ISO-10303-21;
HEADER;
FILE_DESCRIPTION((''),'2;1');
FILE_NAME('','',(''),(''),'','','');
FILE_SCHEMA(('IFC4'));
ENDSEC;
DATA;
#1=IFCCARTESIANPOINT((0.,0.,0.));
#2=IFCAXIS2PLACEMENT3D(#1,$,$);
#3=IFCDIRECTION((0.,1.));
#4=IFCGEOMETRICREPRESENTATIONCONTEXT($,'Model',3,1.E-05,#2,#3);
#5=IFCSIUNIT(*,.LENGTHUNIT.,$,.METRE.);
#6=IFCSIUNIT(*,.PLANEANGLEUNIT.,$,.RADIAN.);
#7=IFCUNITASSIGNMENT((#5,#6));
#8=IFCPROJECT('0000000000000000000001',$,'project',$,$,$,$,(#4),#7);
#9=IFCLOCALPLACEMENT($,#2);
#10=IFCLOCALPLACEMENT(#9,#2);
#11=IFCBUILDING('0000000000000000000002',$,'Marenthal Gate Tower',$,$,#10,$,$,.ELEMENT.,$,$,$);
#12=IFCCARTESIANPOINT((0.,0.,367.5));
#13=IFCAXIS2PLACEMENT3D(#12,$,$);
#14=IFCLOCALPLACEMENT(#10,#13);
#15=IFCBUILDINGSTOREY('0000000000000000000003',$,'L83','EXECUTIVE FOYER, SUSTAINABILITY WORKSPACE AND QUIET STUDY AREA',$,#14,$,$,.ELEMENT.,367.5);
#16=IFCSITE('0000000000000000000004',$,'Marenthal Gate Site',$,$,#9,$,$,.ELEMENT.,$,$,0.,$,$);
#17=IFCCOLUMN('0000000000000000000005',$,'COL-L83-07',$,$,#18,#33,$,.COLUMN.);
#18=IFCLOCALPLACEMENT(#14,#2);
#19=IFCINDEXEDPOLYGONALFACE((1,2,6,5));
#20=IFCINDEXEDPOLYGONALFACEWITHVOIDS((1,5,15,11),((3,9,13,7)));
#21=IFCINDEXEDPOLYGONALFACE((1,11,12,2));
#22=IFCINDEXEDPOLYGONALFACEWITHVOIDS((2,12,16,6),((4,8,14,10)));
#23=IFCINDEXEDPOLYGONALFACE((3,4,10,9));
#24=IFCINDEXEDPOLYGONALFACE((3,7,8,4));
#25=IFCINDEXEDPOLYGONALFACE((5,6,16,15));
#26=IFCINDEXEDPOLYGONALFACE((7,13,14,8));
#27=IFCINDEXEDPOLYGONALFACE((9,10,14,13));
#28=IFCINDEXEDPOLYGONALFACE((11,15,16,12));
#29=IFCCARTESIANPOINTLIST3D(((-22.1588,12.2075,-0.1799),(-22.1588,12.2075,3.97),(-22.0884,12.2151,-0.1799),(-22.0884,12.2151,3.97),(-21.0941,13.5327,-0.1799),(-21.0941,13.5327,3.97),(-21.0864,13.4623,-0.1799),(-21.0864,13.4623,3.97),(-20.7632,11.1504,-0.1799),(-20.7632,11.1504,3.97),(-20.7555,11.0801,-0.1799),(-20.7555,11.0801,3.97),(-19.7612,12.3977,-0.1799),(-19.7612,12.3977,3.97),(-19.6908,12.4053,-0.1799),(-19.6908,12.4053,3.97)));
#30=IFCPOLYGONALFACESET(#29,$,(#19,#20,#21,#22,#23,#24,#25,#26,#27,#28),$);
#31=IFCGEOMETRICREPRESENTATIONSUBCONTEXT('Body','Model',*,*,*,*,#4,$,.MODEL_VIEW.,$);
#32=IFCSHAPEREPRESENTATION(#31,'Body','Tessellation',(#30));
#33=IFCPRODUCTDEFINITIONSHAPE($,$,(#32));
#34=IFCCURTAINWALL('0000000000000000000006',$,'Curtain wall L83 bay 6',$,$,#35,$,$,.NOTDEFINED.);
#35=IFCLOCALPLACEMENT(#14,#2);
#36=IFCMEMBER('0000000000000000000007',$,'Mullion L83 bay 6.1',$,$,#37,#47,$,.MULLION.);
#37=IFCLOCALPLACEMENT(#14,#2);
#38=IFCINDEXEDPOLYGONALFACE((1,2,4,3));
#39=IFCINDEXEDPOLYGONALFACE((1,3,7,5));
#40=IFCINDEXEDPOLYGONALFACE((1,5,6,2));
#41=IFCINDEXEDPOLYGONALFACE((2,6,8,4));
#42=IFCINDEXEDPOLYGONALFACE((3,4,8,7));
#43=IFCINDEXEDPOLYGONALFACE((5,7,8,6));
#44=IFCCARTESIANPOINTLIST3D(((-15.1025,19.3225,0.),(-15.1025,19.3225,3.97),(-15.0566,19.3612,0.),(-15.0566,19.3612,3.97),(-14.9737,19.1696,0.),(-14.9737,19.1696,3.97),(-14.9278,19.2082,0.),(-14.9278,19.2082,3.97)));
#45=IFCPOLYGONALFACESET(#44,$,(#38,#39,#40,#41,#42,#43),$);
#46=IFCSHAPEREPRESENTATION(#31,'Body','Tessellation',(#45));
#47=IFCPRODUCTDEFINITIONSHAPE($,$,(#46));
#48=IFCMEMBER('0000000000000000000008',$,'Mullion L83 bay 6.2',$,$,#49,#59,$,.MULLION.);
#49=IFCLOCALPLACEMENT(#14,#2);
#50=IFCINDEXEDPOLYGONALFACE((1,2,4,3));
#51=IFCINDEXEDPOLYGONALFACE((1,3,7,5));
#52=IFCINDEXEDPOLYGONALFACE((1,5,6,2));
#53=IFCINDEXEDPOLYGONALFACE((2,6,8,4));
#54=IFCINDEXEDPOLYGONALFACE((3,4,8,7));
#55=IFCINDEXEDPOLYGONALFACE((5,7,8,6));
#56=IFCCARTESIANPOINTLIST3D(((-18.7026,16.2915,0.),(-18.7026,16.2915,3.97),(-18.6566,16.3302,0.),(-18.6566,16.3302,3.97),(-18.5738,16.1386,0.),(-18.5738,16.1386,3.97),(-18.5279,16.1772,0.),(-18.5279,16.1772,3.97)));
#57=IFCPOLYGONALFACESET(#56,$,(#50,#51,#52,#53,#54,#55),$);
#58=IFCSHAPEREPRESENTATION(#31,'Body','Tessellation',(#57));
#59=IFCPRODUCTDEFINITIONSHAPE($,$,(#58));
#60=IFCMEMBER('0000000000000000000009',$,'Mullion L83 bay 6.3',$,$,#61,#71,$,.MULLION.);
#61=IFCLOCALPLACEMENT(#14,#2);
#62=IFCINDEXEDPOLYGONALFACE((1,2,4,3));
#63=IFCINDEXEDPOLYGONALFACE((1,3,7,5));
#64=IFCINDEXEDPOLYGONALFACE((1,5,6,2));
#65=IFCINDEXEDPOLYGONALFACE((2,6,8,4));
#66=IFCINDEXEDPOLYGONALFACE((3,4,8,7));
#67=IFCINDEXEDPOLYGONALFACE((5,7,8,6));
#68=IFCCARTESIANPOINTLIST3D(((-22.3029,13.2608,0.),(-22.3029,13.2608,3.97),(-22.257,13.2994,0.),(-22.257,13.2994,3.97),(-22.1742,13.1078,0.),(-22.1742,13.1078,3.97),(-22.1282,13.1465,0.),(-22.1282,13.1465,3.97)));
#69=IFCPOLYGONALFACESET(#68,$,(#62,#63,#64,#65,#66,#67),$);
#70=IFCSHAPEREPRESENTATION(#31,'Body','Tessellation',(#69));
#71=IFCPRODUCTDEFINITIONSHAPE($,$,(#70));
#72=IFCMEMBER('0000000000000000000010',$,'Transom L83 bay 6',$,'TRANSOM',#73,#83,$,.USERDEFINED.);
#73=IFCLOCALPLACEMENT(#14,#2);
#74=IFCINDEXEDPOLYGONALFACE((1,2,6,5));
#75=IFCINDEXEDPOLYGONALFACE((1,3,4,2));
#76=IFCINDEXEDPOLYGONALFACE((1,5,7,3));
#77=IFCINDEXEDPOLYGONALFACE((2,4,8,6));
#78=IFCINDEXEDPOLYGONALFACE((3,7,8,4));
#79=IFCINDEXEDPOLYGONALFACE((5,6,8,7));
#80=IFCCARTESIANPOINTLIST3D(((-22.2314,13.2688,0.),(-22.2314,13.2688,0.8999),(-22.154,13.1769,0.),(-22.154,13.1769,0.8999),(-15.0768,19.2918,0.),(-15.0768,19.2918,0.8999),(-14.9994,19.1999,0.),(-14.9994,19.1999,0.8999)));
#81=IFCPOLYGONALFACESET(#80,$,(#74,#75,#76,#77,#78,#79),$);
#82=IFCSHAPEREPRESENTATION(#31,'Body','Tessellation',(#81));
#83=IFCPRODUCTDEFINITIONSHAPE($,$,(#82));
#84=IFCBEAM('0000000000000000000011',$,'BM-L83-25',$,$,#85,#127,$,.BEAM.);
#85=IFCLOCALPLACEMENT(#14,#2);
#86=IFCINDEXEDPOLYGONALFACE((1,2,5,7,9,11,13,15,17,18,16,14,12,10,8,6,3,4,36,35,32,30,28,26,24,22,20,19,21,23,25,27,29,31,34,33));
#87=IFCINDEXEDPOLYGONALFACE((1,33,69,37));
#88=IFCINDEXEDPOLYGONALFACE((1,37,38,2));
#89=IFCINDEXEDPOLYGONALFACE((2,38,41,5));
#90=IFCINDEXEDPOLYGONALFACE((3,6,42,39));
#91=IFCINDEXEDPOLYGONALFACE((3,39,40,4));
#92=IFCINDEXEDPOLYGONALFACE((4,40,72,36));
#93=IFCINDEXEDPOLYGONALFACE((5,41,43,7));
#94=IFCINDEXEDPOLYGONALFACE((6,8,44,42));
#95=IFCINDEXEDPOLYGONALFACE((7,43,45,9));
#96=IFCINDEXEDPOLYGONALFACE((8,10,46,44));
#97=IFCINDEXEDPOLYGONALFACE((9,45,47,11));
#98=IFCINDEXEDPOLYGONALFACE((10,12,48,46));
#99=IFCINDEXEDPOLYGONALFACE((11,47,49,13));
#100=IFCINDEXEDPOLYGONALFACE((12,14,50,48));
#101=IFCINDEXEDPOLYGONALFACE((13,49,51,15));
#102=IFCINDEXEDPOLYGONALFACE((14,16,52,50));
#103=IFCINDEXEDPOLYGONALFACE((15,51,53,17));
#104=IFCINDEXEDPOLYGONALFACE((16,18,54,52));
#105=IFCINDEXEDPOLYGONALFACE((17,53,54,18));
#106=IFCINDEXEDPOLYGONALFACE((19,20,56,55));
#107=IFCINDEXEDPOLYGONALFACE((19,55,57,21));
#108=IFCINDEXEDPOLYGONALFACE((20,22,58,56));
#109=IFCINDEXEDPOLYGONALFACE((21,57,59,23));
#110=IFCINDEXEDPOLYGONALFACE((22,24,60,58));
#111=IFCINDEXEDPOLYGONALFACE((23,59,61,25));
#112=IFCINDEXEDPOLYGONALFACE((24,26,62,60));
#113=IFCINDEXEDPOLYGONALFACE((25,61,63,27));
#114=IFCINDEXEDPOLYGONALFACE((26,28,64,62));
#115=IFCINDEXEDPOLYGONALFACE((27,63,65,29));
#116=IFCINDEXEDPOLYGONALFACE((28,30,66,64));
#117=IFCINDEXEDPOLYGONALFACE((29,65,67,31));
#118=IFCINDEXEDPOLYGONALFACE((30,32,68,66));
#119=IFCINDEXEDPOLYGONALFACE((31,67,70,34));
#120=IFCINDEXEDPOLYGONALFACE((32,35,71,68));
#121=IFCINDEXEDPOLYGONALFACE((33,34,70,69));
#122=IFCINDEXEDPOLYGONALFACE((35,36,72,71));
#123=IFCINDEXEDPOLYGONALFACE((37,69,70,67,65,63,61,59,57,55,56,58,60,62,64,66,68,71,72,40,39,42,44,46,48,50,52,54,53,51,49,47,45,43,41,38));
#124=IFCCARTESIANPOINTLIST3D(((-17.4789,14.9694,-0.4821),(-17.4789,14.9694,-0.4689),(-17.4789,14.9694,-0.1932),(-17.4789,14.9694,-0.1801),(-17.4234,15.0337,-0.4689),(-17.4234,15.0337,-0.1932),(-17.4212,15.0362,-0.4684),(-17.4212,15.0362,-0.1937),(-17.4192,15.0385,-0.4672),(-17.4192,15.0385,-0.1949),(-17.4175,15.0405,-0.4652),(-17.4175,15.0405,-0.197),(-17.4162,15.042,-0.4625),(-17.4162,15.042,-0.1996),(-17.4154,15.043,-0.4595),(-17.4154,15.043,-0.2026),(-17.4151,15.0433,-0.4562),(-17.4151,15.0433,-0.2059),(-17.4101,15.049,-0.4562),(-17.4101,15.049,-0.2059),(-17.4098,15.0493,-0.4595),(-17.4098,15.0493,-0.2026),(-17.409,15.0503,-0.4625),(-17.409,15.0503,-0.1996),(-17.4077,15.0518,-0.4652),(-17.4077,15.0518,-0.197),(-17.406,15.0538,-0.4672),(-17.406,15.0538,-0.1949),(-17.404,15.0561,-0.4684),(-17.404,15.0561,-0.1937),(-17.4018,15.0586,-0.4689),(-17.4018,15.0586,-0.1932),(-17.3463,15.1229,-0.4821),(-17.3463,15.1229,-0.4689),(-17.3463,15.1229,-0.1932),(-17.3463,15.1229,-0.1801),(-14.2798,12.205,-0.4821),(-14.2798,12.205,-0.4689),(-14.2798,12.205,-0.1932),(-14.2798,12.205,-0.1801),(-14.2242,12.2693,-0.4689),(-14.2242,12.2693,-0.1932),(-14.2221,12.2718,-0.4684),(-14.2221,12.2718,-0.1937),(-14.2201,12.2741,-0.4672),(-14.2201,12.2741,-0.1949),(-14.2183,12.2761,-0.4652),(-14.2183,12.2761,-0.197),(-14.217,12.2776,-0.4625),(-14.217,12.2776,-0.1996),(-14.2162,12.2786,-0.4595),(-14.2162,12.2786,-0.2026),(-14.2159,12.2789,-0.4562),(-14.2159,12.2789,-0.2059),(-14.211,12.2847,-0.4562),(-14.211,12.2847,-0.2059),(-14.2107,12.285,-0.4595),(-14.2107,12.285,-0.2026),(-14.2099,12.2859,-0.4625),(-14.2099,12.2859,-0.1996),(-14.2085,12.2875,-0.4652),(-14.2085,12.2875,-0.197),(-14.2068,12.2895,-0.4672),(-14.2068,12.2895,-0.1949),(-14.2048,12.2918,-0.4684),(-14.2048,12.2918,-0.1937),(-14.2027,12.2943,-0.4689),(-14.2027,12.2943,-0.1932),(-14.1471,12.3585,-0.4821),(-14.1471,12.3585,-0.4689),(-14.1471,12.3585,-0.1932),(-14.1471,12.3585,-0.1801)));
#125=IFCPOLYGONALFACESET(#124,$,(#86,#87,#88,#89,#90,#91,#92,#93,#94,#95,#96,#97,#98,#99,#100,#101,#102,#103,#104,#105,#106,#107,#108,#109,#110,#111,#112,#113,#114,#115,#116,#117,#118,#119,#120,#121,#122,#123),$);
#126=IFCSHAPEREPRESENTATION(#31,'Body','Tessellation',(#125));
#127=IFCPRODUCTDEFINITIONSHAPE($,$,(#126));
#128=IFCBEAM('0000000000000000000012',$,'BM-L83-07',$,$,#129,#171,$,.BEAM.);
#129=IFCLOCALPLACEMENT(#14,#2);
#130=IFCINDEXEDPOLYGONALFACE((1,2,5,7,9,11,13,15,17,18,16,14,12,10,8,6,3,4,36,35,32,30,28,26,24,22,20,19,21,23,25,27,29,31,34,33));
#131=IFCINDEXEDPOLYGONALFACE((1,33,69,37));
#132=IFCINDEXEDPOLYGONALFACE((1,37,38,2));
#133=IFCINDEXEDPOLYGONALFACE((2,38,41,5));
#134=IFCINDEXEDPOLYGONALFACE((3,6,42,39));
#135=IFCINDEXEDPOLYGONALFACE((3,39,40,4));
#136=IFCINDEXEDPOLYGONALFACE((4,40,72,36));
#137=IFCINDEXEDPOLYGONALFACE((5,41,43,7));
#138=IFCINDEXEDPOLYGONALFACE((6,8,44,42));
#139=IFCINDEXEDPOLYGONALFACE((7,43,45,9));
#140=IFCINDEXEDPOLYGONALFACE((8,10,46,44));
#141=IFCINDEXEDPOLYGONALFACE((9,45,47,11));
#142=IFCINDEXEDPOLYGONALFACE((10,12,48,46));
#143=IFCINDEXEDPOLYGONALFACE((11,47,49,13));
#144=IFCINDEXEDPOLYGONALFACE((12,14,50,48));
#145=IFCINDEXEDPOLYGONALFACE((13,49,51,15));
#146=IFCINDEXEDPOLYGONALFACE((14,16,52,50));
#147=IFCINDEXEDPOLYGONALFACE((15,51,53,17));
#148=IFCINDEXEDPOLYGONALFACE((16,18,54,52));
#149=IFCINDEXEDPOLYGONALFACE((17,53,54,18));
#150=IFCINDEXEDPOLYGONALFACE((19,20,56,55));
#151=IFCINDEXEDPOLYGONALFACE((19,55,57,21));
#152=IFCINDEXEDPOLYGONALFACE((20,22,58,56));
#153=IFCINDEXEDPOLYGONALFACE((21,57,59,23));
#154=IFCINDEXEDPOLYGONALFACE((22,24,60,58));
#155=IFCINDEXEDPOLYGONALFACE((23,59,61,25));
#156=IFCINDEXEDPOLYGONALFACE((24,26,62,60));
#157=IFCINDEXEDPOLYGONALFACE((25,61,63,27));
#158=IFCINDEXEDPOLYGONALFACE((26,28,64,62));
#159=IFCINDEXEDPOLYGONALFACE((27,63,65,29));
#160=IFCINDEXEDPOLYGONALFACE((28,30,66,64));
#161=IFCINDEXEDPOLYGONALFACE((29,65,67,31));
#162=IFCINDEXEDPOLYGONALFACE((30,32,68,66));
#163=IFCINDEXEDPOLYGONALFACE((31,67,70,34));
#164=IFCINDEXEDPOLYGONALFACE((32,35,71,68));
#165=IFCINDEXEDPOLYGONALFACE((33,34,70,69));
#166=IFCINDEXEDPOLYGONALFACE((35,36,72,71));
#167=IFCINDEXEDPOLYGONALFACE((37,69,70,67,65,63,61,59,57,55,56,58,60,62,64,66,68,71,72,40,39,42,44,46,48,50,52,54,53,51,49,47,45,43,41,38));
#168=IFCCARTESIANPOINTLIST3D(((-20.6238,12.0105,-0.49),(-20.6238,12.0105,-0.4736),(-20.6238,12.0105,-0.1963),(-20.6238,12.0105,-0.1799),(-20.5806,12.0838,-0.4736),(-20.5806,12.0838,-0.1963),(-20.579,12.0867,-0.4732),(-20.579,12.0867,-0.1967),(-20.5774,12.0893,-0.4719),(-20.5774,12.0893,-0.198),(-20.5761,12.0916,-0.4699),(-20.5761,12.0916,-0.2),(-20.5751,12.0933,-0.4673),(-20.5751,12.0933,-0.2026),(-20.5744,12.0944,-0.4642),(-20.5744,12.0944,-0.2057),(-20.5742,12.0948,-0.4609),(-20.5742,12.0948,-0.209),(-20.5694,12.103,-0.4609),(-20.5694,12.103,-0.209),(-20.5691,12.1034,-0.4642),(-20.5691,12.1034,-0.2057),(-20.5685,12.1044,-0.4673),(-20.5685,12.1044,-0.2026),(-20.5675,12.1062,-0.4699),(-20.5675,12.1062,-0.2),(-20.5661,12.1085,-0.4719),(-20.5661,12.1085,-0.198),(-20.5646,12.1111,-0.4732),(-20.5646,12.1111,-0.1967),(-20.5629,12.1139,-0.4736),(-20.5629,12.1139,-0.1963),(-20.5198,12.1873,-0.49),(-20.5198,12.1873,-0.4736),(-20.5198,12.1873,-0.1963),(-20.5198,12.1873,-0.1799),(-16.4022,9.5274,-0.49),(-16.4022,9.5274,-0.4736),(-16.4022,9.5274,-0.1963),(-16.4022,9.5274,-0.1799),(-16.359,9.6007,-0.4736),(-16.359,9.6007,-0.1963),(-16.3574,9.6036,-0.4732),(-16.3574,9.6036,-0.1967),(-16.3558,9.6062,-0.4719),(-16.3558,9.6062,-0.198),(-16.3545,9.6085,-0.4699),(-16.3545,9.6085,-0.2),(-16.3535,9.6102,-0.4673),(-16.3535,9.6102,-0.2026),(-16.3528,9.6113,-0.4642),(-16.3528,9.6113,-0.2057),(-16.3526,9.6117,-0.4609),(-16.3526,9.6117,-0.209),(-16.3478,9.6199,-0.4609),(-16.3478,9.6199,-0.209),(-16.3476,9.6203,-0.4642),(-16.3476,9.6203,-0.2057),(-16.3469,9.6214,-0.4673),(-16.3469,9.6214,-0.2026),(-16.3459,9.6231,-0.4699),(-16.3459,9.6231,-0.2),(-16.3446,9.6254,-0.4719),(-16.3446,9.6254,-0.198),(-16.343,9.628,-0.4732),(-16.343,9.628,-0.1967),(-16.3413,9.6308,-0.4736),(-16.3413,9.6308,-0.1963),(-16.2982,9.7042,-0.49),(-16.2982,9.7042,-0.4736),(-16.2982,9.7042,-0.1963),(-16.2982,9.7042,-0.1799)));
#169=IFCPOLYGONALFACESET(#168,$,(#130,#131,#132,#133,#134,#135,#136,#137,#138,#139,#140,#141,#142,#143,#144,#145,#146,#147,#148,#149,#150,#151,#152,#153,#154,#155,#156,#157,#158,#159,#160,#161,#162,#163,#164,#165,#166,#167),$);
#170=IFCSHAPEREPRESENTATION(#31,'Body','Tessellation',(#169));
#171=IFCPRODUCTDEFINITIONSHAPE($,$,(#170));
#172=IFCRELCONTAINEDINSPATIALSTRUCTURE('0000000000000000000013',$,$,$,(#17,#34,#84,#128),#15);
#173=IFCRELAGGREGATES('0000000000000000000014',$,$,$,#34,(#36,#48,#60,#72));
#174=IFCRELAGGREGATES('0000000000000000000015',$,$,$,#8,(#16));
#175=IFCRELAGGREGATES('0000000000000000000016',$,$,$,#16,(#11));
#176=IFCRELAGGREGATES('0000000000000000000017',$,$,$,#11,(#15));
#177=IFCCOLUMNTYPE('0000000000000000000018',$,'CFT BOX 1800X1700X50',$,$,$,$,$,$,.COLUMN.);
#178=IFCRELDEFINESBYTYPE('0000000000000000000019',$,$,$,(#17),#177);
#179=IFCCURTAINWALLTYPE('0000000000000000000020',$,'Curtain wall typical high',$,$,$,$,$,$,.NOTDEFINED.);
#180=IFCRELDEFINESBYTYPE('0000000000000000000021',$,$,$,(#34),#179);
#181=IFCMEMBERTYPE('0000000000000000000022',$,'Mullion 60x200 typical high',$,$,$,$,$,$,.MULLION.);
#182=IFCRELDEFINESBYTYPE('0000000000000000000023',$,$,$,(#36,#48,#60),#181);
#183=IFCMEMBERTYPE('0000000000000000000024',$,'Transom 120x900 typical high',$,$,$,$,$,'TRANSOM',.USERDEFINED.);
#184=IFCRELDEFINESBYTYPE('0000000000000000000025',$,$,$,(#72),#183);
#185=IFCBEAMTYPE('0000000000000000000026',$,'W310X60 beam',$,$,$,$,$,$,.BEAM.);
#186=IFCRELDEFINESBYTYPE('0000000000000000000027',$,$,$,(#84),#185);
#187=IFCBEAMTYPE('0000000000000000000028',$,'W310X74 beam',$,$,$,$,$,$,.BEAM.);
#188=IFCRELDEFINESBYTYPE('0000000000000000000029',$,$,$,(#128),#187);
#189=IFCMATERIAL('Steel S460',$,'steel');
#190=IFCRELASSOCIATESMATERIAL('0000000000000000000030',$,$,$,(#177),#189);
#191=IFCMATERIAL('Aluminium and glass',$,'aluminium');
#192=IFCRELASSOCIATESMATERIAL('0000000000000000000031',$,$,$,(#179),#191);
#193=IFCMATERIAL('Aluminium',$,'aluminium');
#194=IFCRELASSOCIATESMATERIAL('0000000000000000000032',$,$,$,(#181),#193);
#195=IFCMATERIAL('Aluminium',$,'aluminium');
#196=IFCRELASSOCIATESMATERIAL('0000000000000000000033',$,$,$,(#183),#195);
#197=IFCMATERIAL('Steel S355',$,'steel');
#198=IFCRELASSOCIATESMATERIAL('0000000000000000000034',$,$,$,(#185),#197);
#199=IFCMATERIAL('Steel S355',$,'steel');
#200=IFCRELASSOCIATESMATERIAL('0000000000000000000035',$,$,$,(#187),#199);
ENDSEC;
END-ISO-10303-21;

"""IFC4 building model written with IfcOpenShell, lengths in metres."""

from ifc_helpers import new_model, si_unit, direction, frame, origin, origin_2d, place, context, subcontext, project, spatial, rectangle, hollow_rectangle, i_section, extrude, material, material_profile, profile_set, type_object, element, aggregate, save


model = new_model("IFC4")

# Units and contexts
model_context = context("Model", 3, precision=1e-05, world=origin(), true_north=direction((0.0, 1.0)))
body_context = subcontext(model_context, "Body", "Model", "MODEL_VIEW")
ifc_project = project(units=[si_unit("LENGTHUNIT", "METRE"), si_unit("PLANEANGLEUNIT", "RADIAN")], contexts=[model_context])

# Site, building, storey
site_placement = place(None, origin())
site = spatial("IfcSite", under=ifc_project, at=site_placement, Name="Marenthal Gate Site", CompositionType="ELEMENT", RefElevation=0.0)
building_placement = place(site_placement, origin())
building = spatial("IfcBuilding", under=site, at=building_placement, Name="Marenthal Gate Tower", CompositionType="ELEMENT")
storey_placement = place(building_placement, frame((0.0, 0.0, 367.5)))
storey = spatial("IfcBuildingStorey", under=building, at=storey_placement, Name="L83", Description="EXECUTIVE FOYER, SUSTAINABILITY WORKSPACE AND QUIET STUDY AREA", CompositionType="ELEMENT", Elevation=367.5)

# Column
ifc_material_1 = material(Name="Steel S460", Category="steel")
ifc_material_profile_1 = material_profile(ifc_material_1, hollow_rectangle(XDim=1.7, YDim=1.8, WallThickness=0.05, at=origin_2d()), Name="CFT BOX 1800X1700X50")
ifc_material_2 = material(Name="Concrete 70 MPa", Category="concrete")
ifc_material_profile_2 = material_profile(ifc_material_2, rectangle(XDim=1.6001, YDim=1.7, at=origin_2d()), Name="CFT BOX 1800X1700X50 INFILL")
ifc_profile_set_1 = profile_set([ifc_material_profile_1, ifc_material_profile_2], Name="Steel S460 shell, Concrete 70 MPa infill")
column_type = type_object("IfcColumnType", Name="CFT BOX 1800X1700X50", PredefinedType="COLUMN", material=ifc_profile_set_1)
column_placement = place(storey_placement, frame((-20.9248, 12.3064, -0.1799), z_axis=(0.0, 0.0, 1.0), x_axis=(0.626296, 0.779585, 0.0)))
element("IfcColumn", 1, at=column_placement, inside=storey, type_object=column_type, Name="COL-L83-07", PredefinedType="COLUMN", context=body_context, shape_type="SweptSolid", body=[
    extrude(hollow_rectangle(XDim=1.7, YDim=1.8, WallThickness=0.05, at=origin_2d()), origin(), (0.0, 0.0, 1.0), 4.1499),
])

# Curtain wall, members
ifc_material_3 = material(Name="Aluminium and glass", Category="aluminium")
curtain_wall_type = type_object("IfcCurtainWallType", Name="Curtain wall typical high", PredefinedType="NOTDEFINED", material=ifc_material_3)
curtain_wall_placement = place(storey_placement, origin())
curtain_wall = element("IfcCurtainWall", 2, at=curtain_wall_placement, inside=storey, type_object=curtain_wall_type, Name="Curtain wall L83 bay 6", PredefinedType="NOTDEFINED")
ifc_material_4 = material(Name="Aluminium", Category="aluminium")
ifc_material_profile_3 = material_profile(ifc_material_4, rectangle(XDim=0.2, YDim=0.0601, at=origin_2d()), Name="60x200 aluminium mullion")
ifc_profile_set_2 = profile_set([ifc_material_profile_3], Name="Aluminium")
member_type_1 = type_object("IfcMemberType", Name="Mullion 60x200 typical high", PredefinedType="MULLION", material=ifc_profile_set_2)
member_1_placement = place(storey_placement, frame((-15.0151, 19.2654, 0.0), z_axis=(0.0, 0.0, 1.0), x_axis=(0.644023, -0.765006, 0.0)))
member_1 = element("IfcMember", 3, at=member_1_placement, type_object=member_type_1, Name="Mullion L83 bay 6.1", PredefinedType="MULLION", context=body_context, shape_type="SweptSolid", body=[
    extrude(rectangle(XDim=0.2, YDim=0.0601, at=origin_2d()), origin(), (0.0, 0.0, 1.0), 3.97),
])
member_2_placement = place(storey_placement, frame((-18.6152, 16.2344, 0.0), z_axis=(0.0, 0.0, 1.0), x_axis=(0.644023, -0.765006, 0.0)))
member_2 = element("IfcMember", 4, at=member_2_placement, type_object=member_type_1, Name="Mullion L83 bay 6.2", PredefinedType="MULLION", context=body_context, shape_type="SweptSolid", body=[
    extrude(rectangle(XDim=0.2, YDim=0.0601, at=origin_2d()), origin(), (0.0, 0.0, 1.0), 3.97),
])
member_3_placement = place(storey_placement, frame((-22.2156, 13.2036, 0.0), z_axis=(0.0, 0.0, 1.0), x_axis=(0.644023, -0.765006, 0.0)))
member_3 = element("IfcMember", 5, at=member_3_placement, type_object=member_type_1, Name="Mullion L83 bay 6.3", PredefinedType="MULLION", context=body_context, shape_type="SweptSolid", body=[
    extrude(rectangle(XDim=0.2, YDim=0.0601, at=origin_2d()), origin(), (0.0, 0.0, 1.0), 3.97),
])
ifc_material_5 = material(Name="Aluminium", Category="aluminium")
ifc_material_profile_4 = material_profile(ifc_material_5, rectangle(XDim=0.1201, YDim=0.8999, at=origin_2d()), Name="120x900 aluminium transom")
ifc_profile_set_3 = profile_set([ifc_material_profile_4], Name="Aluminium")
member_type_2 = type_object("IfcMemberType", Name="Transom 120x900 typical high", ElementType="TRANSOM", PredefinedType="USERDEFINED", material=ifc_profile_set_3)
member_4_placement = place(storey_placement, frame((-15.0381, 19.2458, 0.45), z_axis=(-0.765013, -0.644015, 0.0), x_axis=(0.644015, -0.765013, 0.0)))
member_4 = element("IfcMember", 6, at=member_4_placement, type_object=member_type_2, Name="Transom L83 bay 6", ObjectType="TRANSOM", PredefinedType="USERDEFINED", context=body_context, shape_type="SweptSolid", body=[
    extrude(rectangle(XDim=0.1201, YDim=0.8999, at=origin_2d()), origin(), (0.0, 0.0, 1.0), 9.3523),
])

# Beams
ifc_material_6 = material(Name="Steel S355", Category="steel")
ifc_material_profile_5 = material_profile(ifc_material_6, i_section(OverallWidth=0.2029, OverallDepth=0.302, WebThickness=0.0076, FlangeThickness=0.0132, FilletRadius=0.0127, at=origin_2d()), Name="W310X60")
ifc_profile_set_4 = profile_set([ifc_material_profile_5], Name="Steel S355")
beam_type_1 = type_object("IfcBeamType", Name="W310X60 beam", PredefinedType="BEAM", material=ifc_profile_set_4)
beam_1_placement = place(storey_placement, frame((-17.4126, 15.0461, -0.3311), z_axis=(0.756654, -0.653815, 0.0), x_axis=(0.653815, 0.756654, 0.0)))
element("IfcBeam", 7, at=beam_1_placement, inside=storey, type_object=beam_type_1, Name="BM-L83-25", PredefinedType="BEAM", context=body_context, shape_type="SweptSolid", body=[
    extrude(i_section(OverallWidth=0.2029, OverallDepth=0.302, WebThickness=0.0076, FlangeThickness=0.0132, FilletRadius=0.0127, at=origin_2d()), origin(), (0.0, 0.0, 1.0), 4.228),
])
ifc_material_7 = material(Name="Steel S355", Category="steel")
ifc_material_profile_6 = material_profile(ifc_material_7, i_section(OverallWidth=0.2051, OverallDepth=0.3101, WebThickness=0.0095, FlangeThickness=0.0164, FilletRadius=0.0127, at=origin_2d()), Name="W310X74")
ifc_profile_set_5 = profile_set([ifc_material_profile_6], Name="Steel S355")
beam_type_2 = type_object("IfcBeamType", Name="W310X74 beam", PredefinedType="BEAM", material=ifc_profile_set_5)
beam_2_placement = place(storey_placement, frame((-20.5718, 12.0989, -0.335), z_axis=(0.861951, -0.506992, 0.0), x_axis=(0.506992, 0.861951, 0.0)))
element("IfcBeam", 8, at=beam_2_placement, inside=storey, type_object=beam_type_2, Name="BM-L83-07", PredefinedType="BEAM", context=body_context, shape_type="SweptSolid", body=[
    extrude(i_section(OverallWidth=0.2051, OverallDepth=0.3101, WebThickness=0.0095, FlangeThickness=0.0164, FilletRadius=0.0127, at=origin_2d()), origin(), (0.0, 0.0, 1.0), 4.8977),
])

aggregate(curtain_wall, [member_1, member_2, member_3, member_4])

save(model, "model.ifc")
